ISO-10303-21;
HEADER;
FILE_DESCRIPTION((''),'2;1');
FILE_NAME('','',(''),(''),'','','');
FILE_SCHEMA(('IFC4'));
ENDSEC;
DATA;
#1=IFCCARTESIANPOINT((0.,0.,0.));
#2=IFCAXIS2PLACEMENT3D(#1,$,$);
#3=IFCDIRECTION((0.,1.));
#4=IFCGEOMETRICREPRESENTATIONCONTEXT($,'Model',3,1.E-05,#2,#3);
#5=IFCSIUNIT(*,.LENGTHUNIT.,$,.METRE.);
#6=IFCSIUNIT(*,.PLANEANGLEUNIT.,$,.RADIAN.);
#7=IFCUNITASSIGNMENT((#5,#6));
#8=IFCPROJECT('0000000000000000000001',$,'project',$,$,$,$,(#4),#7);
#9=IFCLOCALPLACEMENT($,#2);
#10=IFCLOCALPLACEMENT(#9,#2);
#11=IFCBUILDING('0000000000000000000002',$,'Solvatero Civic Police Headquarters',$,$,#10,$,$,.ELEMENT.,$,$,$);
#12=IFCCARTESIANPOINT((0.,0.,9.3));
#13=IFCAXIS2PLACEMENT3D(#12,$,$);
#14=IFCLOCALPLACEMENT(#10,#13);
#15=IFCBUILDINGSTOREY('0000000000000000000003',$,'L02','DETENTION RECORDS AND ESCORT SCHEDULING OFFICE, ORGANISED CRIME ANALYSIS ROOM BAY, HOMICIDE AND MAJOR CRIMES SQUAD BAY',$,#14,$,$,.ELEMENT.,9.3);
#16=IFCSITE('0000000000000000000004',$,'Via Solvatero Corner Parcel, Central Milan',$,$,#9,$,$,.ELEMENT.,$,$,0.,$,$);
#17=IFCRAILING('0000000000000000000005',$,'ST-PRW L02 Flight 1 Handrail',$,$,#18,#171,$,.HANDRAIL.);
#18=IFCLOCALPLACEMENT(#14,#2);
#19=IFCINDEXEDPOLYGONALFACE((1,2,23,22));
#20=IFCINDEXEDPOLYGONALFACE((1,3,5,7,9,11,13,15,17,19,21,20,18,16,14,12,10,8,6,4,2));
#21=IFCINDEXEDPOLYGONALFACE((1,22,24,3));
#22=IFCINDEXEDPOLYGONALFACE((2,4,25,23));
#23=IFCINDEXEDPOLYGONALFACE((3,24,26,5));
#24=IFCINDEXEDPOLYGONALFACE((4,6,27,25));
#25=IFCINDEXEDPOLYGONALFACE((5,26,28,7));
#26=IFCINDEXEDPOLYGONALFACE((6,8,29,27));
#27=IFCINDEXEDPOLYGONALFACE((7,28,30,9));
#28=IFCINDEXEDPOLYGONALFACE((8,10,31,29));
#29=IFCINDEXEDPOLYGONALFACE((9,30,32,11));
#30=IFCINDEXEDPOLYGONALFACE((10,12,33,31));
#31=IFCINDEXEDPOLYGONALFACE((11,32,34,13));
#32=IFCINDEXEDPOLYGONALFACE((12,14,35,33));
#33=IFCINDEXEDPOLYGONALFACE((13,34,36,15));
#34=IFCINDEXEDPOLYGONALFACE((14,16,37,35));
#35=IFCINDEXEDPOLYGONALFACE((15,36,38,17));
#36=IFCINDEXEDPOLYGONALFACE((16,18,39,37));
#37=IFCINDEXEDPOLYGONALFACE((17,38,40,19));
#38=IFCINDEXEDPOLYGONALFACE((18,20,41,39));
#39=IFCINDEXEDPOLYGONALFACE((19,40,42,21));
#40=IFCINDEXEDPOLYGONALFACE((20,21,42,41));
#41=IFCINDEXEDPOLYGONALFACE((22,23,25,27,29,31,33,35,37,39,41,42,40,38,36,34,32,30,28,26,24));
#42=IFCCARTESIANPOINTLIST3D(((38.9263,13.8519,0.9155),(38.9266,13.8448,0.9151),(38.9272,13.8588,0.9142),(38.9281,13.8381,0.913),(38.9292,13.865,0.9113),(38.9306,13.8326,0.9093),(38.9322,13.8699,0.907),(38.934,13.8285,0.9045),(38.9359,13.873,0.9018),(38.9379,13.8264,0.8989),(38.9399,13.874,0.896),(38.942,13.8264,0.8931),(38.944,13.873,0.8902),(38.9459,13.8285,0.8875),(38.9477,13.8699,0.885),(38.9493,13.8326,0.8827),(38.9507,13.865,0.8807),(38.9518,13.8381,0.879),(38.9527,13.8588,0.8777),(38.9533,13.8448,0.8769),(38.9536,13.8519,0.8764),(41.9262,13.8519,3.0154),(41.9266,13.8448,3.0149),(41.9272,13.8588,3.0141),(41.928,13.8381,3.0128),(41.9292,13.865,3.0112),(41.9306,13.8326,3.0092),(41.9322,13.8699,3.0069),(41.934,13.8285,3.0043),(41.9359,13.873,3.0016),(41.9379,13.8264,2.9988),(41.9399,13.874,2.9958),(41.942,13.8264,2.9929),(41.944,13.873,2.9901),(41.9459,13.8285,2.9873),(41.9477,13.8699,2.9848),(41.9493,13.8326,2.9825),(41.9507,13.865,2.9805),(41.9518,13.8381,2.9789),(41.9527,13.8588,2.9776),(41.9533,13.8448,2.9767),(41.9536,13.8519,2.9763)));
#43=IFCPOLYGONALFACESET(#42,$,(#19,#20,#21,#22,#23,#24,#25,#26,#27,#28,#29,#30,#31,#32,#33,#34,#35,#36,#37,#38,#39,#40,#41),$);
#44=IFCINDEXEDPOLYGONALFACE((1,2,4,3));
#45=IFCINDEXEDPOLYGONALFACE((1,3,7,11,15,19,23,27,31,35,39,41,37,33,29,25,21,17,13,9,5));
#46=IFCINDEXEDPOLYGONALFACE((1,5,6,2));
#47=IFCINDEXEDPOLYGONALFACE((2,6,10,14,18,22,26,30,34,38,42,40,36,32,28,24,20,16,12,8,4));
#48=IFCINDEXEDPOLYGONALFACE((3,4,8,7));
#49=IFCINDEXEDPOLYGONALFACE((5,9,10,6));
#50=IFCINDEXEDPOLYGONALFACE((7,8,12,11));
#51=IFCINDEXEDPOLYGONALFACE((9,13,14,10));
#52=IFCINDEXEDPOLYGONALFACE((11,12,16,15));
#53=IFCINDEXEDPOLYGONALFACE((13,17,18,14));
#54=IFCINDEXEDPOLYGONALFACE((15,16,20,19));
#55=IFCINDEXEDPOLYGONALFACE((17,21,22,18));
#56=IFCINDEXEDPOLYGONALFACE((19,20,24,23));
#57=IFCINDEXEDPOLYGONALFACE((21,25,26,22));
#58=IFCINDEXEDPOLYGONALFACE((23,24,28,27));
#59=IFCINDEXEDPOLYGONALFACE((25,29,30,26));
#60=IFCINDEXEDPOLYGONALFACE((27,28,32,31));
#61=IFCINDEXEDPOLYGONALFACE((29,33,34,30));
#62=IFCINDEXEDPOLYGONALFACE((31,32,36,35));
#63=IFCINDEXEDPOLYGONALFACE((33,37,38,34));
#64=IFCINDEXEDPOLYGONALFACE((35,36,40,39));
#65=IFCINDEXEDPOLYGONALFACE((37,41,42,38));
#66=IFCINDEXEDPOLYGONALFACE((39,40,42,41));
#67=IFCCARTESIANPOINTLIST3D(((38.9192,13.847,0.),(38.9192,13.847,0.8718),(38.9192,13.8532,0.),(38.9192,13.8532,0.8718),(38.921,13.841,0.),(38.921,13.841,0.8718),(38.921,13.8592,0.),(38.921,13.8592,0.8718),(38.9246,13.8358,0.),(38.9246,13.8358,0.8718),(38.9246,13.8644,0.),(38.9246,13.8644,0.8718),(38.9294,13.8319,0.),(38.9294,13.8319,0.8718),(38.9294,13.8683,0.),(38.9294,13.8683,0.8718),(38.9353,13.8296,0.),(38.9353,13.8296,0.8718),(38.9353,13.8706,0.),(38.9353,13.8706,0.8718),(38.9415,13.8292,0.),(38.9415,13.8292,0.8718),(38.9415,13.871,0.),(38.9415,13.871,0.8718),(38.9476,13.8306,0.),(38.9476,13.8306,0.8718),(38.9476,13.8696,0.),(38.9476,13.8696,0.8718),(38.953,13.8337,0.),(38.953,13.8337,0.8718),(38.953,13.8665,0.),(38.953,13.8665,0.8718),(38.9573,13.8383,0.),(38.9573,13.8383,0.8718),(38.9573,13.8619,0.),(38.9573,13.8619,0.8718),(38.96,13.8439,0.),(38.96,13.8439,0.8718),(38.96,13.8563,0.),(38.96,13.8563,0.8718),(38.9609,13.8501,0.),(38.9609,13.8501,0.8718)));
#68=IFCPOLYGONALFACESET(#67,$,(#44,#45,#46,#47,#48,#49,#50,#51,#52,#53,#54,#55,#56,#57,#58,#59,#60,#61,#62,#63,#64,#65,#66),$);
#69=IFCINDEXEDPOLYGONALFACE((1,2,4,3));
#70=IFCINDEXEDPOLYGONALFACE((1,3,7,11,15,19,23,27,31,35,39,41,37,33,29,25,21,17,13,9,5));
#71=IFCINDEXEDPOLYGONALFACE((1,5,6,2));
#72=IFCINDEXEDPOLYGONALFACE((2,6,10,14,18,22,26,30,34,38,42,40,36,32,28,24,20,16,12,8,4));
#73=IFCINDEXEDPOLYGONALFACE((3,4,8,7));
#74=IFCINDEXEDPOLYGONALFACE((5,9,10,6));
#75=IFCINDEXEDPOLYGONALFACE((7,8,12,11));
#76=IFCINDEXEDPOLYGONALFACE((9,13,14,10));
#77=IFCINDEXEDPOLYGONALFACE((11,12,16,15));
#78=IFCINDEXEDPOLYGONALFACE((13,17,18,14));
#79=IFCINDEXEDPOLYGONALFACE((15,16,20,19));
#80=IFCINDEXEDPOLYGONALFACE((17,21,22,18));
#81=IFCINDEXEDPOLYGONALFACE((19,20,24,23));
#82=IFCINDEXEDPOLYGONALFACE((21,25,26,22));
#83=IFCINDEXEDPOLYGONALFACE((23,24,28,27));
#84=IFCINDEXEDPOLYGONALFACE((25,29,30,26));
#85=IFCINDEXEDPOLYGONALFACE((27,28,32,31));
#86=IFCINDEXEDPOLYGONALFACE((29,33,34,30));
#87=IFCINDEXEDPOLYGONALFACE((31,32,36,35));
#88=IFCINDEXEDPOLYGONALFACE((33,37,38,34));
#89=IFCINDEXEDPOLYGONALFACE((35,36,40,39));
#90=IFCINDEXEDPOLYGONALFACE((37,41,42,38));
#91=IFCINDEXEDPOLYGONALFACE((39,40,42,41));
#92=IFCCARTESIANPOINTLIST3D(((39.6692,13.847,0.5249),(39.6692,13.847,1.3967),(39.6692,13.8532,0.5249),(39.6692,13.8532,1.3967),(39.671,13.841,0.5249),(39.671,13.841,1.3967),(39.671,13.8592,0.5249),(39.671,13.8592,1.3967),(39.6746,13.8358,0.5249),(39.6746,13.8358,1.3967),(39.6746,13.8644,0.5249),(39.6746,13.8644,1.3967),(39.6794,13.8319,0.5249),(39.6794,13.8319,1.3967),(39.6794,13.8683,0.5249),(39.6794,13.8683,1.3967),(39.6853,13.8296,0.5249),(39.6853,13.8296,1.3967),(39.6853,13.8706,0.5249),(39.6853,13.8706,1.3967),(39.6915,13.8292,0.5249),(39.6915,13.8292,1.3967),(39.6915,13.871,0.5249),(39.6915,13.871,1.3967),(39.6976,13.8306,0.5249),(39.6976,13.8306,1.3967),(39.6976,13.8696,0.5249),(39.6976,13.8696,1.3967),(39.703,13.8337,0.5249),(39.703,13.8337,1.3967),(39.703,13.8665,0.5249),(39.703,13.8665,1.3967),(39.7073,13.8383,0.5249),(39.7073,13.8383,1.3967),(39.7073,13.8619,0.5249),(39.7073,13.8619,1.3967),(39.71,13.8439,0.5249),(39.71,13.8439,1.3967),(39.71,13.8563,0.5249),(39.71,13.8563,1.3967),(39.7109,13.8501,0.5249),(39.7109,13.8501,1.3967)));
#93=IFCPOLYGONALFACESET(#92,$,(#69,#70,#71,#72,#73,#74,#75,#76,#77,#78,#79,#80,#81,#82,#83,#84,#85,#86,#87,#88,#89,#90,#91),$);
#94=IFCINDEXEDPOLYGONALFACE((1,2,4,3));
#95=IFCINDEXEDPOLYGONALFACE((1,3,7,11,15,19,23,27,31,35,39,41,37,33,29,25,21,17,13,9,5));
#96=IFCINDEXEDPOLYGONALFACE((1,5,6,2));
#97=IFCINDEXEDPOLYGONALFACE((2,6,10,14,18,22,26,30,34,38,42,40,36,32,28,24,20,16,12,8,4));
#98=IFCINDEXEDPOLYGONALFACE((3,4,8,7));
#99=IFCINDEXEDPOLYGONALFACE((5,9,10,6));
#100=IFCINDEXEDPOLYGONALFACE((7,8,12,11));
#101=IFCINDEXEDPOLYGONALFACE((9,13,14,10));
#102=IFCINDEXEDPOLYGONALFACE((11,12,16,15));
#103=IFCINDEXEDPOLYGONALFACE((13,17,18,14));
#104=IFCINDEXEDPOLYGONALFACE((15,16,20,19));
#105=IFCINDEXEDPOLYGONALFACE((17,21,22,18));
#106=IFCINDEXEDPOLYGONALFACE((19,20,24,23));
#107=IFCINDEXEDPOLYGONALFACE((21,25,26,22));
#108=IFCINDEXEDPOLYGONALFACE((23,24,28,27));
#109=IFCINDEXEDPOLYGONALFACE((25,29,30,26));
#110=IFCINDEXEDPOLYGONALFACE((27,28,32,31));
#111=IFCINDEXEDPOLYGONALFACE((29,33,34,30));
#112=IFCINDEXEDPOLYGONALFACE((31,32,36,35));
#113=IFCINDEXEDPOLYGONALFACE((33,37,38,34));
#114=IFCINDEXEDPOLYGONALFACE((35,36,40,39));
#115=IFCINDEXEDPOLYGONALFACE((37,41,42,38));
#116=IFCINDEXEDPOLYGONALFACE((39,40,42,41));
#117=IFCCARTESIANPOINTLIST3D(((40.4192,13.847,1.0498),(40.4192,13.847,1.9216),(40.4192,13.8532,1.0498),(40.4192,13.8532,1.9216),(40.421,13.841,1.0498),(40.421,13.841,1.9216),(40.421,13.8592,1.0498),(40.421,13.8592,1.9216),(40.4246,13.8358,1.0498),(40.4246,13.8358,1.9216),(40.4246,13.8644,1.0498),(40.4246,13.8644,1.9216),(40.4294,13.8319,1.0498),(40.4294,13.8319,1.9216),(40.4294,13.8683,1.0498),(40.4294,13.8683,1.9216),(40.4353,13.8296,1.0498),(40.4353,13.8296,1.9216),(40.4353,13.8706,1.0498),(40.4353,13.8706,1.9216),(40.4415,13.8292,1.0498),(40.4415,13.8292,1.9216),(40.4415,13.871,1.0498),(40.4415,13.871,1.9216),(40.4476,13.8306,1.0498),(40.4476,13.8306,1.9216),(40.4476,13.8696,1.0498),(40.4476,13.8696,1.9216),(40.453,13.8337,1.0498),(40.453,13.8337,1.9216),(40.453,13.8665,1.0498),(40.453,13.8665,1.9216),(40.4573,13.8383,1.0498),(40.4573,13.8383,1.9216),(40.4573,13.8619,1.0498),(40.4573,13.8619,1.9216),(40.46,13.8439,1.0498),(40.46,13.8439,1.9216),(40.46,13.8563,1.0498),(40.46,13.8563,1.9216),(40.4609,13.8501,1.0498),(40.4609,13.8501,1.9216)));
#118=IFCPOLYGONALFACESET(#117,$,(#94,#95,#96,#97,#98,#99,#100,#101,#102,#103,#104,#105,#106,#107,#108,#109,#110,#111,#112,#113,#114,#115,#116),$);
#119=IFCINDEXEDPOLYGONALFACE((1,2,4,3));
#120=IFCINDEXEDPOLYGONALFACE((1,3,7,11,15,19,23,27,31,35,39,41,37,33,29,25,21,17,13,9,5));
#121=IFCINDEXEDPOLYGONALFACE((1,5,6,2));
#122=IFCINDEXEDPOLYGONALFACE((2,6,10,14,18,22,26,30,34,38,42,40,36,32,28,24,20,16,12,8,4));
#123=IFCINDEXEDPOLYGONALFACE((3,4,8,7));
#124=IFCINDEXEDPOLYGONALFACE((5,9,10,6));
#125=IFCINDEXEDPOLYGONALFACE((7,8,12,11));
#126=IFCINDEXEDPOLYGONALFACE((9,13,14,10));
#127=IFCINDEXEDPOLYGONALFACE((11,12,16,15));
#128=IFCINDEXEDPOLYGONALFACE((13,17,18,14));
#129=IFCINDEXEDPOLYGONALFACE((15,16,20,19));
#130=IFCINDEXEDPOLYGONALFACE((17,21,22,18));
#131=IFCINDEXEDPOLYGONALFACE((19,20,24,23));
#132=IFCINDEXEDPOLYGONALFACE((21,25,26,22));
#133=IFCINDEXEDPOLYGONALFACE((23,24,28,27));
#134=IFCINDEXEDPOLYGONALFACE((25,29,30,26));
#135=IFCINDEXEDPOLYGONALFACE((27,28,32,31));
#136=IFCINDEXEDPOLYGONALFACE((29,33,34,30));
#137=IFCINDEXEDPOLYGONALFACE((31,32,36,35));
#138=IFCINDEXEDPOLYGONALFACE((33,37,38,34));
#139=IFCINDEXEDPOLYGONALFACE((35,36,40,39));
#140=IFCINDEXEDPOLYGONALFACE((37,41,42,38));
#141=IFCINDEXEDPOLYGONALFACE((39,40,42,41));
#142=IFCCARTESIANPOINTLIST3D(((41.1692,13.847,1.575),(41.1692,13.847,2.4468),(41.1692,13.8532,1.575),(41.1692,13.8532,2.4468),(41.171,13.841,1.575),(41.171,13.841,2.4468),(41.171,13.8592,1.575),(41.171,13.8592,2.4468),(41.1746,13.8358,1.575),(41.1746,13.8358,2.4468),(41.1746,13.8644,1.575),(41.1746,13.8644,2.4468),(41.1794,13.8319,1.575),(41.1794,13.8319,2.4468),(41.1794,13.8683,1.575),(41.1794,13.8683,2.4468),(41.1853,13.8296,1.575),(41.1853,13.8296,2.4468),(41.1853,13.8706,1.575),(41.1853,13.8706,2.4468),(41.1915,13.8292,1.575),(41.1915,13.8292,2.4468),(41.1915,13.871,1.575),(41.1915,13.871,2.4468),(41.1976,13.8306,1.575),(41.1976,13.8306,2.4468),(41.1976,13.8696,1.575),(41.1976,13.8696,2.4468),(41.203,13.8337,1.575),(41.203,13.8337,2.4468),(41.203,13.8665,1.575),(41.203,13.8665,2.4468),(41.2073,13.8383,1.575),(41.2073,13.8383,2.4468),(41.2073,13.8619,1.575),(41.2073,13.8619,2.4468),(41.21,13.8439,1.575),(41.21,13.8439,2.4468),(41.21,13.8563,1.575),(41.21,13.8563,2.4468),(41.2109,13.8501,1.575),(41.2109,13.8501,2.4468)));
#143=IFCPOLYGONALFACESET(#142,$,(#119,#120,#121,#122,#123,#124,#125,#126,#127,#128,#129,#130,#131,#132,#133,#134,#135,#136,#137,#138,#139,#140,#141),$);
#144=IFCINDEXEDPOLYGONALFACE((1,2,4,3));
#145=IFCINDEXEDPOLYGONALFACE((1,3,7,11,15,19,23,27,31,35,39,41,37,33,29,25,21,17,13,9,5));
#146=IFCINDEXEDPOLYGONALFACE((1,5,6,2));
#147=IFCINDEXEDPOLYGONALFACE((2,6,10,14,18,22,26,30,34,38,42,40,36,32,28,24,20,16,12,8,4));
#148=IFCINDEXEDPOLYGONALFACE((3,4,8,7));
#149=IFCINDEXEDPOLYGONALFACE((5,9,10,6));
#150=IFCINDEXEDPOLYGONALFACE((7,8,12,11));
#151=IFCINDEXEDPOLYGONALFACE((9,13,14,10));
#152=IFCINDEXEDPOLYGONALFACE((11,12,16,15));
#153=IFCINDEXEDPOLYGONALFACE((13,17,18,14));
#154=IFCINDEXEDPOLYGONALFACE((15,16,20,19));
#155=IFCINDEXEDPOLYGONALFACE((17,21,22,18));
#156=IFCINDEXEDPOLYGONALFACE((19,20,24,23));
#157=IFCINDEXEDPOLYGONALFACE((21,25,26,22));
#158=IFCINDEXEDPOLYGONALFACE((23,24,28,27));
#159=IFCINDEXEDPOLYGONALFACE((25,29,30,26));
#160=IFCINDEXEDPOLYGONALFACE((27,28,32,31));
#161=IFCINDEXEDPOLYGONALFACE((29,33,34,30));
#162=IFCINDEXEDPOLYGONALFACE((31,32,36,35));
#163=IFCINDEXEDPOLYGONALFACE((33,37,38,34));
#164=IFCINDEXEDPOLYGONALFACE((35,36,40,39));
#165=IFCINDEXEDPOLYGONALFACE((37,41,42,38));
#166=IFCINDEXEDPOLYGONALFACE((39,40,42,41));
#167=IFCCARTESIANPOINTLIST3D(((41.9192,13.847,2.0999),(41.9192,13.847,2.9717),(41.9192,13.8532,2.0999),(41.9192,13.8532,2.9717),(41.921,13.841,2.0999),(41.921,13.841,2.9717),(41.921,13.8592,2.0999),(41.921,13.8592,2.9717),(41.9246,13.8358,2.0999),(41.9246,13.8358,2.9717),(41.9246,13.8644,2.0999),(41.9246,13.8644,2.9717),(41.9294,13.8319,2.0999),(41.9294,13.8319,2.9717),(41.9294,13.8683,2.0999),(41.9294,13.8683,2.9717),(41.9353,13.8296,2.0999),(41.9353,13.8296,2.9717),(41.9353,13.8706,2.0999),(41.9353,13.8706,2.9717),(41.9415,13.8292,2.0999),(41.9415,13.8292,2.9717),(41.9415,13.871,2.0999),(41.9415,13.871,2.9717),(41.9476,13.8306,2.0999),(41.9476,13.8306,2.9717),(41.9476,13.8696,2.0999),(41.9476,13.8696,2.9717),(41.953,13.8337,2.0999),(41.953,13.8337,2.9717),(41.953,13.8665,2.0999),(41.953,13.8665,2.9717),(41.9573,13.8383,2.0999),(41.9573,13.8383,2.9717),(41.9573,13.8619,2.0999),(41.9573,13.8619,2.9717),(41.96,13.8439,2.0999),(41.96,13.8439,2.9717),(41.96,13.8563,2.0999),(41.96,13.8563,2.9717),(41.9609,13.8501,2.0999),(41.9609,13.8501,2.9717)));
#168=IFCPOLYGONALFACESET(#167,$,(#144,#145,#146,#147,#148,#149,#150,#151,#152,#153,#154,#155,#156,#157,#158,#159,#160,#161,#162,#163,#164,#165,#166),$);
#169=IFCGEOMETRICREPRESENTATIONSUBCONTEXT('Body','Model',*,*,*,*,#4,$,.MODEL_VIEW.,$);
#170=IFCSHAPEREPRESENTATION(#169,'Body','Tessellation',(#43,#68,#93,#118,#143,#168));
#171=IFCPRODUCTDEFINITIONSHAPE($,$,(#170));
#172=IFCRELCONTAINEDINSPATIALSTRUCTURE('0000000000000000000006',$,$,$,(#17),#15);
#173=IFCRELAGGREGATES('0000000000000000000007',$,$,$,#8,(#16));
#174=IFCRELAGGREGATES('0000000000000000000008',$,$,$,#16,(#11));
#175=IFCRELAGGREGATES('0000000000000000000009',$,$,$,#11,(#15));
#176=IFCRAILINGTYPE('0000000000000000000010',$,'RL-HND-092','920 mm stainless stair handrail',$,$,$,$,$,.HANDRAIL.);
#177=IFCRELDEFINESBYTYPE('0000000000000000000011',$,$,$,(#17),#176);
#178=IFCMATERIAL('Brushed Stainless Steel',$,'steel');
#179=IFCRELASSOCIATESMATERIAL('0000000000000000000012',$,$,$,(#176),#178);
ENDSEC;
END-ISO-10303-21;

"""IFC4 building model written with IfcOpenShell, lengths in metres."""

from ifc_helpers import new_model, si_unit, direction, frame, origin, origin_2d, place, context, subcontext, project, spatial, circle, extrude, material, type_object, element, save


model = new_model("IFC4")

# Units and contexts
model_context = context("Model", 3, precision=1e-05, world=origin(), true_north=direction((0.0, 1.0)))
body_context = subcontext(model_context, "Body", "Model", "MODEL_VIEW")
ifc_project = project(units=[si_unit("LENGTHUNIT", "METRE"), si_unit("PLANEANGLEUNIT", "RADIAN")], contexts=[model_context])

# Site, building, storey
site_placement = place(None, origin())
site = spatial("IfcSite", under=ifc_project, at=site_placement, Name="Via Solvatero Corner Parcel, Central Milan", CompositionType="ELEMENT", RefElevation=0.0)
building_placement = place(site_placement, origin())
building = spatial("IfcBuilding", under=site, at=building_placement, Name="Solvatero Civic Police Headquarters", CompositionType="ELEMENT")
storey_placement = place(building_placement, frame((0.0, 0.0, 9.3)))
storey = spatial("IfcBuildingStorey", under=building, at=storey_placement, Name="L02", Description="DETENTION RECORDS AND ESCORT SCHEDULING OFFICE, ORGANISED CRIME ANALYSIS ROOM BAY, HOMICIDE AND MAJOR CRIMES SQUAD BAY", CompositionType="ELEMENT", Elevation=9.3)

# Railing
ifc_material_1 = material(Name="Brushed Stainless Steel", Category="steel")
railing_type_1 = type_object("IfcRailingType", Name="RL-HND-092", Description="920 mm stainless stair handrail", PredefinedType="HANDRAIL", material=ifc_material_1)
railing_1_placement = place(storey_placement, frame((38.9399, 13.8501, 0.0)))
element("IfcRailing", 1, at=railing_1_placement, inside=storey, type_object=railing_type_1, Name="ST-PRW L02 Flight 1 Handrail", PredefinedType="HANDRAIL", context=body_context, shape_type="SweptSolid", body=[
    extrude(circle(Radius=0.0239, at=origin_2d()), frame((0.0, 0.0, 0.896), z_axis=(0.819251, 0.0, 0.573435), x_axis=(0.0, 1.0, 0.0)), (0.0, 0.0, 1.0), 3.6619),
    extrude(circle(Radius=0.021, at=origin_2d()), origin(), (0.0, 0.0, 1.0), 0.8718),
    extrude(circle(Radius=0.021, at=origin_2d()), frame((0.75, 0.0, 0.5249)), (0.0, 0.0, 1.0), 0.8718),
    extrude(circle(Radius=0.021, at=origin_2d()), frame((1.5, 0.0, 1.0498)), (0.0, 0.0, 1.0), 0.8718),
    extrude(circle(Radius=0.021, at=origin_2d()), frame((2.25, 0.0, 1.575)), (0.0, 0.0, 1.0), 0.8718),
    extrude(circle(Radius=0.021, at=origin_2d()), frame((3.0, 0.0, 2.0999)), (0.0, 0.0, 1.0), 0.8718),
])

save(model, "model.ifc")
